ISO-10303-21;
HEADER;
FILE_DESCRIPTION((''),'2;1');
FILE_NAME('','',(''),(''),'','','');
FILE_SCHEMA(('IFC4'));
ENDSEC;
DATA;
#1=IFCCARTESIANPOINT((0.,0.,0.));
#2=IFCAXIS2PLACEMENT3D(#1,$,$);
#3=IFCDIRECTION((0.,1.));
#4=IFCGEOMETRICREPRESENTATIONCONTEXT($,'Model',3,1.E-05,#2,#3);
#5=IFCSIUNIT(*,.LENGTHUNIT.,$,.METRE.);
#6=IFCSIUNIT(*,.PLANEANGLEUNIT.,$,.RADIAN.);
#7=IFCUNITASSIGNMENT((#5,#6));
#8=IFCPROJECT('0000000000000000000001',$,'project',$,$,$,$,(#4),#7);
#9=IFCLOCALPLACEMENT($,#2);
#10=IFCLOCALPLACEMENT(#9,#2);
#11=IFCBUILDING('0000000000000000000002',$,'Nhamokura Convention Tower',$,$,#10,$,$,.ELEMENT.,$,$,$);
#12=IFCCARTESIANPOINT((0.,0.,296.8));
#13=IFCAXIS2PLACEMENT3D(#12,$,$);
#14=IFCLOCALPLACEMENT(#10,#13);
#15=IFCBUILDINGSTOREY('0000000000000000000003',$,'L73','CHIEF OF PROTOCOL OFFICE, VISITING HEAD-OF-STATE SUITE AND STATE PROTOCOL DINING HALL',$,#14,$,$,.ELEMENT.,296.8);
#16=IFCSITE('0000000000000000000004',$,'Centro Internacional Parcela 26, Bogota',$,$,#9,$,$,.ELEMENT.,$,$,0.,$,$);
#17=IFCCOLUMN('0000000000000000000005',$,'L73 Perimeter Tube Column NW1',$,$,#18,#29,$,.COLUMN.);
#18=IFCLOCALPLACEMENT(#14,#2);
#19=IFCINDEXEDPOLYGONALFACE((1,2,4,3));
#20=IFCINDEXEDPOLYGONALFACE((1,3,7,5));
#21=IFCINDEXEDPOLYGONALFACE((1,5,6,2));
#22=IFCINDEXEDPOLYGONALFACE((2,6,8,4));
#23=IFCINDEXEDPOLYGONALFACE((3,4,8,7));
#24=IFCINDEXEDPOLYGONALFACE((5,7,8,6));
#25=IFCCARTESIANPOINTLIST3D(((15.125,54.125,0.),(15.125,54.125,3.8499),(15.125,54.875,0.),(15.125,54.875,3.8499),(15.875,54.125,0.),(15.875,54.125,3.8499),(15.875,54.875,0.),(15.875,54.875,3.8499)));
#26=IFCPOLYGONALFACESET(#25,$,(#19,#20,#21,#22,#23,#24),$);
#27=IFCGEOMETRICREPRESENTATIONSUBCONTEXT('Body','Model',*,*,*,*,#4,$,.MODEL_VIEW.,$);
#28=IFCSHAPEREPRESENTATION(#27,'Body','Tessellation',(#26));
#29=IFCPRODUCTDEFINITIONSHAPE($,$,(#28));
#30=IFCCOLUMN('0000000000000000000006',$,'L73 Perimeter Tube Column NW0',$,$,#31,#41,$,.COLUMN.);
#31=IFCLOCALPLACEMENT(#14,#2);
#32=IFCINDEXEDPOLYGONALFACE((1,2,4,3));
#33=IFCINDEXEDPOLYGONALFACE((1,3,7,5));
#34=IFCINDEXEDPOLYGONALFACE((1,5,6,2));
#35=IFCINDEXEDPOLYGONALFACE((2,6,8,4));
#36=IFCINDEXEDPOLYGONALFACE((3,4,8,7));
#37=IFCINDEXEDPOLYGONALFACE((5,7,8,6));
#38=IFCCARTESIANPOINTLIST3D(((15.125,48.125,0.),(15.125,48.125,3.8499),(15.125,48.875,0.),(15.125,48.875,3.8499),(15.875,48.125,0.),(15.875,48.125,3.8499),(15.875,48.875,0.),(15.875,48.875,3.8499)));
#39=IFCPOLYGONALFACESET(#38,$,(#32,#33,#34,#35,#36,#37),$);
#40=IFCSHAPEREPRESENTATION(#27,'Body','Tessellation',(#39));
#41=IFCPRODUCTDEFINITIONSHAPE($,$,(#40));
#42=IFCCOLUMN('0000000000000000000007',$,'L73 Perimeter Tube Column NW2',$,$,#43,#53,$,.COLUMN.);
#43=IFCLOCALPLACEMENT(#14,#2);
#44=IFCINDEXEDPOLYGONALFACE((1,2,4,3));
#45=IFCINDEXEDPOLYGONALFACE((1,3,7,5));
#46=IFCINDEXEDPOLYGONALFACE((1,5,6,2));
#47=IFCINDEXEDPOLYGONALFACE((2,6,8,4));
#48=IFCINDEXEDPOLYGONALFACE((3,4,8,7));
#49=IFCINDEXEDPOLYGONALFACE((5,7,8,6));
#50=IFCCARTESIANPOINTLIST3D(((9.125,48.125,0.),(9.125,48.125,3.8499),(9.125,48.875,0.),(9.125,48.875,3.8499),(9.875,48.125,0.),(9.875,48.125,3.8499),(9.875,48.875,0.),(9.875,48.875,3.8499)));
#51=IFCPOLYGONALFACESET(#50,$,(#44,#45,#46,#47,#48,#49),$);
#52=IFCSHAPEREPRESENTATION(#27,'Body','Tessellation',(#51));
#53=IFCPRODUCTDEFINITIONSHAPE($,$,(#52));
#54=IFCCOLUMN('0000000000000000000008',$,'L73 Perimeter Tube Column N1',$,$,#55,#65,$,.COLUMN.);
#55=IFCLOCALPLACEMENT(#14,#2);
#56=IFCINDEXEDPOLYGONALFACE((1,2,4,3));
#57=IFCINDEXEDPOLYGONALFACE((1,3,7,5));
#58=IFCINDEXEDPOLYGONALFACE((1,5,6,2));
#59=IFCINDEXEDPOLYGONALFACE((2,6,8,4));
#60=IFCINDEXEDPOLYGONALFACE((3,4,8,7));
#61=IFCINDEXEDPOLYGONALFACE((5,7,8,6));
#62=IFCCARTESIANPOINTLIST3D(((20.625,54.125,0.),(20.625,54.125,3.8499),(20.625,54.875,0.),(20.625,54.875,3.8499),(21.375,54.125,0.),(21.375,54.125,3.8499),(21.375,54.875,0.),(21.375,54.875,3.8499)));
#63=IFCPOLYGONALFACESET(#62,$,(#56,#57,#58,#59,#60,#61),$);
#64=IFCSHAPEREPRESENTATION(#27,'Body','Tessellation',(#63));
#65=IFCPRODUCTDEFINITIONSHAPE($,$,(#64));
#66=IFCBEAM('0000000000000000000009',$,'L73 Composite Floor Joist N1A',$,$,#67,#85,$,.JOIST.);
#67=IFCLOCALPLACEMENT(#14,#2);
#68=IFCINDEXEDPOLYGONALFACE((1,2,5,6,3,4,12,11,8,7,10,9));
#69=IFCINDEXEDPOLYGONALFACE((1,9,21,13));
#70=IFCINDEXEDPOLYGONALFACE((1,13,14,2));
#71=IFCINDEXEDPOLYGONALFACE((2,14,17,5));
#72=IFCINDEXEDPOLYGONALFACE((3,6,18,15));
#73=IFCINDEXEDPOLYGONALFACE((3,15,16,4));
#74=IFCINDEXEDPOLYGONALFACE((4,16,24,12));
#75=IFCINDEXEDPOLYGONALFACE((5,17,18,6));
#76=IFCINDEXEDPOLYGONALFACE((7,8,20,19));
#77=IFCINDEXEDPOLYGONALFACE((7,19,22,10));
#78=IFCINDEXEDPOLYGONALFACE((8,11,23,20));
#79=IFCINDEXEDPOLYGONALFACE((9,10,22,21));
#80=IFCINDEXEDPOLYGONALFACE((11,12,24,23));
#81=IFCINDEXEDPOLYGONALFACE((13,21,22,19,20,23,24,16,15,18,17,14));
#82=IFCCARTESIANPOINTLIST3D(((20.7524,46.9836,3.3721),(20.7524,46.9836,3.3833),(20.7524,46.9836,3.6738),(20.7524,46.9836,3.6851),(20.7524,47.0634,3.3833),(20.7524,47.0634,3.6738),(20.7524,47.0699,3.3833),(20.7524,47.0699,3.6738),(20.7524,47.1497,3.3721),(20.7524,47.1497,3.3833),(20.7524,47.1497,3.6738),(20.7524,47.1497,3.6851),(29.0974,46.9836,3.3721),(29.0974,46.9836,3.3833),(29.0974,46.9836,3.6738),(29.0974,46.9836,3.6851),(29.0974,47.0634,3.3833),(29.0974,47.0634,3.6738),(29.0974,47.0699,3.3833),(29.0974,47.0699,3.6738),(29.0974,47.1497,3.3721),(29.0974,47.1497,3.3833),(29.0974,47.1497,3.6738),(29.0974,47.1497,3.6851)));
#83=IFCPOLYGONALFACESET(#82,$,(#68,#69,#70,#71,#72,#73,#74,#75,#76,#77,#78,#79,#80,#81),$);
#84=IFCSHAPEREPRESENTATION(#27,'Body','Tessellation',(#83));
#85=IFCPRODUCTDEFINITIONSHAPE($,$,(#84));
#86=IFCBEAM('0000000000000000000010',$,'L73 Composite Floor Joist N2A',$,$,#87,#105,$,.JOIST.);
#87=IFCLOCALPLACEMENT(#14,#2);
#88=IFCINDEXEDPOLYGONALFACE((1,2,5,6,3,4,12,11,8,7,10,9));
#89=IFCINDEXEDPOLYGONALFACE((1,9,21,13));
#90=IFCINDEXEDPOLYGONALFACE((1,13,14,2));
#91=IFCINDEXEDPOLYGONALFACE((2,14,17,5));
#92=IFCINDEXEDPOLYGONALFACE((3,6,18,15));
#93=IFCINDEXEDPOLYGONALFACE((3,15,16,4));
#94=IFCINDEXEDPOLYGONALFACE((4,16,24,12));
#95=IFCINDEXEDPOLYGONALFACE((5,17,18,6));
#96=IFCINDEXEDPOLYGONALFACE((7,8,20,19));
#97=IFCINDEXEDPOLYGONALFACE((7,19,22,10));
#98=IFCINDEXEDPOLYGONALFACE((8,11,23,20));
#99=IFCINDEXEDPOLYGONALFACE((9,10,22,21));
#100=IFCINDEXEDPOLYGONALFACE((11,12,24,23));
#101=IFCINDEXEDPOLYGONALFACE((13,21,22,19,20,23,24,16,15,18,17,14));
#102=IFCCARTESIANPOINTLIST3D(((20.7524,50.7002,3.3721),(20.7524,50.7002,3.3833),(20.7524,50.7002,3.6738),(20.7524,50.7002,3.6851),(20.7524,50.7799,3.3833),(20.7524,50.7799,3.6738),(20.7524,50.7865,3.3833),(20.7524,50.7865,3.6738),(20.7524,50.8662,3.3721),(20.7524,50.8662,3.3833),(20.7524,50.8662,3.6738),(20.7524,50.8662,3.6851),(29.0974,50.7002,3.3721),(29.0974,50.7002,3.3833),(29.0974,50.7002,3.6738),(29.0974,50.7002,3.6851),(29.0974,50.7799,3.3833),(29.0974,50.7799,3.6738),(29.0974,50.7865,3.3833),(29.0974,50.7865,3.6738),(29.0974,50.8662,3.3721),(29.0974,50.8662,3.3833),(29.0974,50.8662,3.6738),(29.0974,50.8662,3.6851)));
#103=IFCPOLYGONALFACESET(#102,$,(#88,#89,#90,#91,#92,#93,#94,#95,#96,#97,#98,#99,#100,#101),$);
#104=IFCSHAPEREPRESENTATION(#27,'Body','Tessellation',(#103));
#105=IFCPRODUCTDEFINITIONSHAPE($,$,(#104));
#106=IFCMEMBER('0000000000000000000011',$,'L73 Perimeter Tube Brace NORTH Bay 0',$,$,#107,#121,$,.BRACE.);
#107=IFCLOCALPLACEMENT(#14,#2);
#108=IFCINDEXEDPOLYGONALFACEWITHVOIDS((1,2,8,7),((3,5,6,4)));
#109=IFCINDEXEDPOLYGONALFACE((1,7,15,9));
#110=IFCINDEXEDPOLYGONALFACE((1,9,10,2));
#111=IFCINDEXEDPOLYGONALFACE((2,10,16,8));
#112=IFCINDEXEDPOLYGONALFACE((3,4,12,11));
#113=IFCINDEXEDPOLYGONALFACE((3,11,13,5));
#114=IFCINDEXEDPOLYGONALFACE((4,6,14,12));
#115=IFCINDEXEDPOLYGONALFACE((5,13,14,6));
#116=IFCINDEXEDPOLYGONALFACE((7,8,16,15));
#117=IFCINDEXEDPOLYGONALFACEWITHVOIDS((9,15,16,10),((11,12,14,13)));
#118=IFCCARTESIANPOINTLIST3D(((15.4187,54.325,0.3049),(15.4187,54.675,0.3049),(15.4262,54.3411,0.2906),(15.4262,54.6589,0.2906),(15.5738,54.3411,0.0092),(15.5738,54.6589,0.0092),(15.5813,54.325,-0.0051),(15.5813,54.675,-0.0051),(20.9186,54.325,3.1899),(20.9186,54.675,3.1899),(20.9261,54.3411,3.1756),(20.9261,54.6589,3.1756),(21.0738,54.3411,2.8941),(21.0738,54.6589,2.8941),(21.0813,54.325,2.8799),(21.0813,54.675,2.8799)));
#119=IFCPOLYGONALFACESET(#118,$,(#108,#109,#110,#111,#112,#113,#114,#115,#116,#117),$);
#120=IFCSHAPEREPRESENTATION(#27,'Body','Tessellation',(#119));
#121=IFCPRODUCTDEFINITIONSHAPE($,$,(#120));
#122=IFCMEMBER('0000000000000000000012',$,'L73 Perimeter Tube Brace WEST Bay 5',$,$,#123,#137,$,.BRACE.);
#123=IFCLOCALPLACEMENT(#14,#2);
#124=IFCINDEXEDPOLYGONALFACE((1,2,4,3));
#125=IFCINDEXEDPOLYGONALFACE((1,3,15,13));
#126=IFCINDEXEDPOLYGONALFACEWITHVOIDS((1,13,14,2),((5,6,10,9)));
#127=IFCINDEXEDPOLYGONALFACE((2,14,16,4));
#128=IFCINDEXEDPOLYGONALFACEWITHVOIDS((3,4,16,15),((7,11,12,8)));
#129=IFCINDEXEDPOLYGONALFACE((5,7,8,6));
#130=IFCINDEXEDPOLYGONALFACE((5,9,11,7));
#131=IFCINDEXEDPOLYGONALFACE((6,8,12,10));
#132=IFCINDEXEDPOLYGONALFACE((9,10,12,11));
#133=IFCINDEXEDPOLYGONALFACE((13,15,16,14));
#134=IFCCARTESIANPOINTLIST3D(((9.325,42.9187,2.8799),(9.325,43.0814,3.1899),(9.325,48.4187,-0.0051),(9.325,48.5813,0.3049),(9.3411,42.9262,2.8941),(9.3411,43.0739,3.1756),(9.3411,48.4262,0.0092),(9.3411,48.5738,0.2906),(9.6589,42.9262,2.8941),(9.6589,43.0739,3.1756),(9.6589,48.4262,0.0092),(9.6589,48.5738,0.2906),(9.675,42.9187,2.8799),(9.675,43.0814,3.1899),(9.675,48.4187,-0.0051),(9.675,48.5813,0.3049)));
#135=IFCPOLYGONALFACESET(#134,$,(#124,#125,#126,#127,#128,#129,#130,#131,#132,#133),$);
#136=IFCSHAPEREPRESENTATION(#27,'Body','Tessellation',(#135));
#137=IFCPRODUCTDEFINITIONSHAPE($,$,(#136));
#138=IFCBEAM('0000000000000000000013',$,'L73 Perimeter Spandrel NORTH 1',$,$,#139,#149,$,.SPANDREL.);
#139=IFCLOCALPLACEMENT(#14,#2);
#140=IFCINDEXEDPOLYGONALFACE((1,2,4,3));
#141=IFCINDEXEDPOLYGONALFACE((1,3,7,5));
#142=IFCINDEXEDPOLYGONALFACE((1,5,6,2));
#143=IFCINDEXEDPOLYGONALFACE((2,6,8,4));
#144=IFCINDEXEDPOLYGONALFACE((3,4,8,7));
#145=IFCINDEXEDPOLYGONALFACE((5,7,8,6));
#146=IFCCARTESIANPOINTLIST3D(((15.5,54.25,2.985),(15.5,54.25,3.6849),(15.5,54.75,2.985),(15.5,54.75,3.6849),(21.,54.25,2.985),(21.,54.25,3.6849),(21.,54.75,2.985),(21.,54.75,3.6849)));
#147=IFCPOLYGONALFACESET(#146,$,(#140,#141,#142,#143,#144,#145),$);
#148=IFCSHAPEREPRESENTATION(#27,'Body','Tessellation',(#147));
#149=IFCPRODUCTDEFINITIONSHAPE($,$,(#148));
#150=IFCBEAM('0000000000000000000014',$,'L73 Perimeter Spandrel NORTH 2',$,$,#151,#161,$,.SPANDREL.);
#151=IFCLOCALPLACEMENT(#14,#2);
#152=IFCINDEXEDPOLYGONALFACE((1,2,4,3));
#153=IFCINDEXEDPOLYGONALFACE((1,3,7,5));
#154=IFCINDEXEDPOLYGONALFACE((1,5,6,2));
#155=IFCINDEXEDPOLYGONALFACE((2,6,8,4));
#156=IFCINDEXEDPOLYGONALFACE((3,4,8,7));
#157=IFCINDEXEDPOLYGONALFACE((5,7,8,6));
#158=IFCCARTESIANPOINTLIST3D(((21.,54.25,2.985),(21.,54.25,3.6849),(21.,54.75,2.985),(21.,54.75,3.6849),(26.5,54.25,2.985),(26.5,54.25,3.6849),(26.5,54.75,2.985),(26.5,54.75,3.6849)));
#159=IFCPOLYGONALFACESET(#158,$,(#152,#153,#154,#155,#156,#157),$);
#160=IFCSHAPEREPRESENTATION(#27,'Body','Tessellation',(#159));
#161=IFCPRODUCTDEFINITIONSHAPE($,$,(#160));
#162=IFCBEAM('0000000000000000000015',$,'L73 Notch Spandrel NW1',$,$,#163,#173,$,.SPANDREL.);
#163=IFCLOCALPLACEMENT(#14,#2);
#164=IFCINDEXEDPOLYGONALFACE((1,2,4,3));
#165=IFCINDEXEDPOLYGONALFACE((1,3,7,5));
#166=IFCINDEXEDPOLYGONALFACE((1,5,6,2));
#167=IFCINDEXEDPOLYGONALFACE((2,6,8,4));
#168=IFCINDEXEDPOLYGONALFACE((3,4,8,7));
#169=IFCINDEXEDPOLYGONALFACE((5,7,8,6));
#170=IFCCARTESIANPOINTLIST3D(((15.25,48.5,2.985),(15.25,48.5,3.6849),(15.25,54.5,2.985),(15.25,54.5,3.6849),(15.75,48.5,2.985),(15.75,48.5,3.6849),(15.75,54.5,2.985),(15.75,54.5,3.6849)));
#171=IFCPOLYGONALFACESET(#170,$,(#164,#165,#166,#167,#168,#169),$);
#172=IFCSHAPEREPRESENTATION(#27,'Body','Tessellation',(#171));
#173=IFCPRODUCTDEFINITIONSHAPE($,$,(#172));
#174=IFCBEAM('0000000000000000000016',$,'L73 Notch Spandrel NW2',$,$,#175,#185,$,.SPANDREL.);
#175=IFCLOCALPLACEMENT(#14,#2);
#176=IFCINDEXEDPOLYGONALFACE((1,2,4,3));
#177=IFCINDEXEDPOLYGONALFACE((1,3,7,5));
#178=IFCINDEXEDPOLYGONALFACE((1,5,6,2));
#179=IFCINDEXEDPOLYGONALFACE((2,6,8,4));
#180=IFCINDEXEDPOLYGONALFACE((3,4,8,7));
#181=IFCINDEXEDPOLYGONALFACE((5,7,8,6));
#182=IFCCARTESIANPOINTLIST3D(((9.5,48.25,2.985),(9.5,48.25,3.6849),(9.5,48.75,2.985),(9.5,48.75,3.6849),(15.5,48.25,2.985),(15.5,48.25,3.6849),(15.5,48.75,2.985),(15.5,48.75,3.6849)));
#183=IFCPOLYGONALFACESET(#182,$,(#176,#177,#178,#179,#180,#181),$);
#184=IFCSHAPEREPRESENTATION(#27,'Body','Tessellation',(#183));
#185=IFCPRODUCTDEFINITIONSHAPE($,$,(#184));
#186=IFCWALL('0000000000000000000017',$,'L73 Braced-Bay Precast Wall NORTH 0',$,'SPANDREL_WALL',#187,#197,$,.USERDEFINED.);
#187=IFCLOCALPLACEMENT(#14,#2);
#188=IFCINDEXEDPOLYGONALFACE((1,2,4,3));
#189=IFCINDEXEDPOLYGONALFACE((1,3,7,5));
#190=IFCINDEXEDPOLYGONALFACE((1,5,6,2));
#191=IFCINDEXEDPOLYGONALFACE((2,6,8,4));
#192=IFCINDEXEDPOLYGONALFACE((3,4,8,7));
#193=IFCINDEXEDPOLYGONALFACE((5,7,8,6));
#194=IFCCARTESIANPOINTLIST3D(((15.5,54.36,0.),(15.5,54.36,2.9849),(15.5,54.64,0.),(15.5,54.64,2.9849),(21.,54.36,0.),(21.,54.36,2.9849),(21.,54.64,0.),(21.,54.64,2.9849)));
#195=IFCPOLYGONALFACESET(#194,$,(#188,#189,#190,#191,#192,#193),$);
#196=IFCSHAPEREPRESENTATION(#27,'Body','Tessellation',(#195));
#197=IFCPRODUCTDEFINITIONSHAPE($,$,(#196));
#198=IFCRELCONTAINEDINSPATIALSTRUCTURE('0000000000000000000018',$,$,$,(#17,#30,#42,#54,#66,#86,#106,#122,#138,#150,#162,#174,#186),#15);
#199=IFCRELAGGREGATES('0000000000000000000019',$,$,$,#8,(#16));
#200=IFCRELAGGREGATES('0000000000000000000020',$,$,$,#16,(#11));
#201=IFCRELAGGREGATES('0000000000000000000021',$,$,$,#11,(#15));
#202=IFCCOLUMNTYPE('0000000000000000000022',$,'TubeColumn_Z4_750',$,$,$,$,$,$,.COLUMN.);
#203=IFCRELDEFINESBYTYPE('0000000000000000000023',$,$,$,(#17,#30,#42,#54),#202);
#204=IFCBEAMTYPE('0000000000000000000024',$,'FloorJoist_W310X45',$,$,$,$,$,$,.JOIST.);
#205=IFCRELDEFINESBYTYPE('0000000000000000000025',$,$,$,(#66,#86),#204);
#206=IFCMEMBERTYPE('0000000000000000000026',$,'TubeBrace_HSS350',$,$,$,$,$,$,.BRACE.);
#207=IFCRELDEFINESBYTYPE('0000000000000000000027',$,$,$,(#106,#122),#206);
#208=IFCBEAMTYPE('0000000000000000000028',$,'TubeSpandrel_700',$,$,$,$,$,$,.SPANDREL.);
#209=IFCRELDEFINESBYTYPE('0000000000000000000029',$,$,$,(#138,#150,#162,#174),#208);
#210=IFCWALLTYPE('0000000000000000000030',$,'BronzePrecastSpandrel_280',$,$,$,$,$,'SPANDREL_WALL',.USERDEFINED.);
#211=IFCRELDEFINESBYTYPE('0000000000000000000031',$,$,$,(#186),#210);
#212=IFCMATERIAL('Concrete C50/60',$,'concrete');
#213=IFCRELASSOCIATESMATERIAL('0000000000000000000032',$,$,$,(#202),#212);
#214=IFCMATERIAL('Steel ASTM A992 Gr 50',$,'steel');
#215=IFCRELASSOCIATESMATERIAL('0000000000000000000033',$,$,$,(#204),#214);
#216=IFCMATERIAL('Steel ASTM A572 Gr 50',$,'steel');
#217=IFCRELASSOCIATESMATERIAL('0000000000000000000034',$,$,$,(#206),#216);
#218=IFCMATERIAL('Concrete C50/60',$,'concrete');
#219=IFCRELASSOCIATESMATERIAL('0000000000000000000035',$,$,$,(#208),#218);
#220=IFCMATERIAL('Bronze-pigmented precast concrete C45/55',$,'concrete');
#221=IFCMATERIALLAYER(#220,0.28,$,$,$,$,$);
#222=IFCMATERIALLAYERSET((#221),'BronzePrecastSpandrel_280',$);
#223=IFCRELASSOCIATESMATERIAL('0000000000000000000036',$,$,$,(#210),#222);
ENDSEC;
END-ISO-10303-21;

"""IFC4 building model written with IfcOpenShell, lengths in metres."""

from ifc_helpers import new_model, si_unit, direction, frame, frame_2d, origin, origin_2d, place, context, subcontext, project, spatial, rectangle, hollow_rectangle, i_section, extrude, material, layer, layer_set, material_profile, profile_set, type_object, element, save


model = new_model("IFC4")

# Units and contexts
model_context = context("Model", 3, precision=1e-05, world=origin(), true_north=direction((0.0, 1.0)))
body_context = subcontext(model_context, "Body", "Model", "MODEL_VIEW")
ifc_project = project(units=[si_unit("LENGTHUNIT", "METRE"), si_unit("PLANEANGLEUNIT", "RADIAN")], contexts=[model_context])

# Site, building, storey
site_placement = place(None, origin())
site = spatial("IfcSite", under=ifc_project, at=site_placement, Name="Centro Internacional Parcela 26, Bogota", CompositionType="ELEMENT", RefElevation=0.0)
building_placement = place(site_placement, origin())
building = spatial("IfcBuilding", under=site, at=building_placement, Name="Nhamokura Convention Tower", CompositionType="ELEMENT")
storey_placement = place(building_placement, frame((0.0, 0.0, 296.8)))
storey = spatial("IfcBuildingStorey", under=building, at=storey_placement, Name="L73", Description="CHIEF OF PROTOCOL OFFICE, VISITING HEAD-OF-STATE SUITE AND STATE PROTOCOL DINING HALL", CompositionType="ELEMENT", Elevation=296.8)

# Columns
ifc_material_1 = material(Name="Concrete C50/60", Category="concrete")
ifc_material_profile_1 = material_profile(ifc_material_1, rectangle(XDim=0.75, YDim=0.75, at=origin_2d()))
ifc_profile_set_1 = profile_set([ifc_material_profile_1], Name="Concrete C50/60")
column_type = type_object("IfcColumnType", Name="TubeColumn_Z4_750", PredefinedType="COLUMN", material=ifc_profile_set_1)
for number, where, z_axis, x_axis, name in (
    (1, (15.5, 54.5, 0.0), (0.0, 0.0, 1.0), (1.0, 0.0, 0.0), "L73 Perimeter Tube Column NW1"),
    (2, (15.5, 48.5, 0.0), (0.0, 0.0, 1.0), (1.0, 0.0, 0.0), "L73 Perimeter Tube Column NW0"),
    (3, (9.5, 48.5, 0.0), (0.0, 0.0, 1.0), (1.0, 0.0, 0.0), "L73 Perimeter Tube Column NW2"),
    (4, (21.0, 54.5, 0.0), (0.0, 0.0, 1.0), (1.0, 0.0, 0.0), "L73 Perimeter Tube Column N1"),
):
    element("IfcColumn", number, at=place(storey_placement, frame(where, z_axis=z_axis, x_axis=x_axis)), inside=storey, type_object=column_type, Name=name, PredefinedType="COLUMN", context=body_context, shape_type="SweptSolid", body=[
        extrude(rectangle(XDim=0.75, YDim=0.75, at=origin_2d()), origin(), (0.0, 0.0, 1.0), 3.8499),
    ])

# Beams
ifc_material_2 = material(Name="Steel ASTM A992 Gr 50", Category="steel")
ifc_material_profile_2 = material_profile(ifc_material_2, i_section(OverallWidth=0.166, OverallDepth=0.313, WebThickness=0.0066, FlangeThickness=0.0112, at=origin_2d()))
ifc_profile_set_2 = profile_set([ifc_material_profile_2], Name="Steel ASTM A992 Gr 50")
beam_type_1 = type_object("IfcBeamType", Name="FloorJoist_W310X45", PredefinedType="JOIST", material=ifc_profile_set_2)
for number, where, z_axis, x_axis, name in (
    (5, (20.7524, 47.0667, 3.5286), (1.0, 0.0, 0.0), (0.0, 1.0, 0.0), "L73 Composite Floor Joist N1A"),
    (6, (20.7524, 50.7832, 3.5286), (1.0, 0.0, 0.0), (0.0, 1.0, 0.0), "L73 Composite Floor Joist N2A"),
):
    element("IfcBeam", number, at=place(storey_placement, frame(where, z_axis=z_axis, x_axis=x_axis)), inside=storey, type_object=beam_type_1, Name=name, PredefinedType="JOIST", context=body_context, shape_type="SweptSolid", body=[
        extrude(i_section(OverallWidth=0.166, OverallDepth=0.313, WebThickness=0.0066, FlangeThickness=0.0112, at=origin_2d()), origin(), (0.0, 0.0, 1.0), 8.345),
    ])

# Members
ifc_material_3 = material(Name="Steel ASTM A572 Gr 50", Category="steel")
ifc_material_profile_3 = material_profile(ifc_material_3, hollow_rectangle(XDim=0.3501, YDim=0.3501, WallThickness=0.0161, at=origin_2d()))
ifc_profile_set_3 = profile_set([ifc_material_profile_3], Name="Steel ASTM A572 Gr 50")
member_type = type_object("IfcMemberType", Name="TubeBrace_HSS350", PredefinedType="BRACE", material=ifc_profile_set_3)
for number, where, z_axis, x_axis, name in (
    (7, (15.5, 54.5, 0.1499), (0.885563, 0.0, 0.46452), (0.0, 1.0, 0.0), "L73 Perimeter Tube Brace NORTH Bay 0"),
    (8, (9.5, 48.5, 0.1499), (0.0, -0.885563, 0.46452), (1.0, 0.0, 0.0), "L73 Perimeter Tube Brace WEST Bay 5"),
):
    element("IfcMember", number, at=place(storey_placement, frame(where, z_axis=z_axis, x_axis=x_axis)), inside=storey, type_object=member_type, Name=name, PredefinedType="BRACE", context=body_context, shape_type="SweptSolid", body=[
        extrude(hollow_rectangle(XDim=0.3501, YDim=0.3501, WallThickness=0.0161, at=origin_2d()), origin(), (0.0, 0.0, 1.0), 6.2107),
    ])

# Beams
ifc_material_4 = material(Name="Concrete C50/60", Category="concrete")
ifc_material_profile_4 = material_profile(ifc_material_4, rectangle(XDim=0.5, YDim=0.7, at=origin_2d()))
ifc_profile_set_4 = profile_set([ifc_material_profile_4], Name="Concrete C50/60")
beam_type_2 = type_object("IfcBeamType", Name="TubeSpandrel_700", PredefinedType="SPANDREL", material=ifc_profile_set_4)
for number, where, z_axis, x_axis, name in (
    (9, (15.5, 54.5, 3.335), (1.0, 0.0, 0.0), (0.0, 1.0, 0.0), "L73 Perimeter Spandrel NORTH 1"),
    (10, (21.0, 54.5, 3.335), (1.0, 0.0, 0.0), (0.0, 1.0, 0.0), "L73 Perimeter Spandrel NORTH 2"),
):
    element("IfcBeam", number, at=place(storey_placement, frame(where, z_axis=z_axis, x_axis=x_axis)), inside=storey, type_object=beam_type_2, Name=name, PredefinedType="SPANDREL", context=body_context, shape_type="SweptSolid", body=[
        extrude(rectangle(XDim=0.5, YDim=0.7, at=origin_2d()), origin(), (0.0, 0.0, 1.0), 5.5),
    ])
for number, where, z_axis, x_axis, name in (
    (11, (15.5, 54.5, 3.335), (0.0, -1.0, 0.0), (1.0, 0.0, 0.0), "L73 Notch Spandrel NW1"),
    (12, (15.5, 48.5, 3.335), (-1.0, 0.0, 0.0), (0.0, -1.0, 0.0), "L73 Notch Spandrel NW2"),
):
    element("IfcBeam", number, at=place(storey_placement, frame(where, z_axis=z_axis, x_axis=x_axis)), inside=storey, type_object=beam_type_2, Name=name, PredefinedType="SPANDREL", context=body_context, shape_type="SweptSolid", body=[
        extrude(rectangle(XDim=0.5, YDim=0.7, at=origin_2d()), origin(), (0.0, 0.0, 1.0), 6.0),
    ])

# Wall
ifc_material_5 = material(Name="Bronze-pigmented precast concrete C45/55", Category="concrete")
ifc_layer_1 = layer(ifc_material_5, 0.28)
ifc_layer_set_1 = layer_set([ifc_layer_1], Name="BronzePrecastSpandrel_280")
wall_type_1 = type_object("IfcWallType", Name="BronzePrecastSpandrel_280", ElementType="SPANDREL_WALL", PredefinedType="USERDEFINED", material=ifc_layer_set_1)
wall_1_placement = place(storey_placement, frame((15.5, 54.5, 0.0), z_axis=(0.0, 0.0, 1.0), x_axis=(1.0, 0.0, 0.0)))
element("IfcWall", 13, at=wall_1_placement, inside=storey, type_object=wall_type_1, Name="L73 Braced-Bay Precast Wall NORTH 0", ObjectType="SPANDREL_WALL", PredefinedType="USERDEFINED", context=body_context, shape_type="SweptSolid", body=[
    extrude(rectangle(XDim=5.5, YDim=0.28, at=frame_2d((2.75, 0.0))), origin(), (0.0, 0.0, 1.0), 2.9849),
])

save(model, "model.ifc")
